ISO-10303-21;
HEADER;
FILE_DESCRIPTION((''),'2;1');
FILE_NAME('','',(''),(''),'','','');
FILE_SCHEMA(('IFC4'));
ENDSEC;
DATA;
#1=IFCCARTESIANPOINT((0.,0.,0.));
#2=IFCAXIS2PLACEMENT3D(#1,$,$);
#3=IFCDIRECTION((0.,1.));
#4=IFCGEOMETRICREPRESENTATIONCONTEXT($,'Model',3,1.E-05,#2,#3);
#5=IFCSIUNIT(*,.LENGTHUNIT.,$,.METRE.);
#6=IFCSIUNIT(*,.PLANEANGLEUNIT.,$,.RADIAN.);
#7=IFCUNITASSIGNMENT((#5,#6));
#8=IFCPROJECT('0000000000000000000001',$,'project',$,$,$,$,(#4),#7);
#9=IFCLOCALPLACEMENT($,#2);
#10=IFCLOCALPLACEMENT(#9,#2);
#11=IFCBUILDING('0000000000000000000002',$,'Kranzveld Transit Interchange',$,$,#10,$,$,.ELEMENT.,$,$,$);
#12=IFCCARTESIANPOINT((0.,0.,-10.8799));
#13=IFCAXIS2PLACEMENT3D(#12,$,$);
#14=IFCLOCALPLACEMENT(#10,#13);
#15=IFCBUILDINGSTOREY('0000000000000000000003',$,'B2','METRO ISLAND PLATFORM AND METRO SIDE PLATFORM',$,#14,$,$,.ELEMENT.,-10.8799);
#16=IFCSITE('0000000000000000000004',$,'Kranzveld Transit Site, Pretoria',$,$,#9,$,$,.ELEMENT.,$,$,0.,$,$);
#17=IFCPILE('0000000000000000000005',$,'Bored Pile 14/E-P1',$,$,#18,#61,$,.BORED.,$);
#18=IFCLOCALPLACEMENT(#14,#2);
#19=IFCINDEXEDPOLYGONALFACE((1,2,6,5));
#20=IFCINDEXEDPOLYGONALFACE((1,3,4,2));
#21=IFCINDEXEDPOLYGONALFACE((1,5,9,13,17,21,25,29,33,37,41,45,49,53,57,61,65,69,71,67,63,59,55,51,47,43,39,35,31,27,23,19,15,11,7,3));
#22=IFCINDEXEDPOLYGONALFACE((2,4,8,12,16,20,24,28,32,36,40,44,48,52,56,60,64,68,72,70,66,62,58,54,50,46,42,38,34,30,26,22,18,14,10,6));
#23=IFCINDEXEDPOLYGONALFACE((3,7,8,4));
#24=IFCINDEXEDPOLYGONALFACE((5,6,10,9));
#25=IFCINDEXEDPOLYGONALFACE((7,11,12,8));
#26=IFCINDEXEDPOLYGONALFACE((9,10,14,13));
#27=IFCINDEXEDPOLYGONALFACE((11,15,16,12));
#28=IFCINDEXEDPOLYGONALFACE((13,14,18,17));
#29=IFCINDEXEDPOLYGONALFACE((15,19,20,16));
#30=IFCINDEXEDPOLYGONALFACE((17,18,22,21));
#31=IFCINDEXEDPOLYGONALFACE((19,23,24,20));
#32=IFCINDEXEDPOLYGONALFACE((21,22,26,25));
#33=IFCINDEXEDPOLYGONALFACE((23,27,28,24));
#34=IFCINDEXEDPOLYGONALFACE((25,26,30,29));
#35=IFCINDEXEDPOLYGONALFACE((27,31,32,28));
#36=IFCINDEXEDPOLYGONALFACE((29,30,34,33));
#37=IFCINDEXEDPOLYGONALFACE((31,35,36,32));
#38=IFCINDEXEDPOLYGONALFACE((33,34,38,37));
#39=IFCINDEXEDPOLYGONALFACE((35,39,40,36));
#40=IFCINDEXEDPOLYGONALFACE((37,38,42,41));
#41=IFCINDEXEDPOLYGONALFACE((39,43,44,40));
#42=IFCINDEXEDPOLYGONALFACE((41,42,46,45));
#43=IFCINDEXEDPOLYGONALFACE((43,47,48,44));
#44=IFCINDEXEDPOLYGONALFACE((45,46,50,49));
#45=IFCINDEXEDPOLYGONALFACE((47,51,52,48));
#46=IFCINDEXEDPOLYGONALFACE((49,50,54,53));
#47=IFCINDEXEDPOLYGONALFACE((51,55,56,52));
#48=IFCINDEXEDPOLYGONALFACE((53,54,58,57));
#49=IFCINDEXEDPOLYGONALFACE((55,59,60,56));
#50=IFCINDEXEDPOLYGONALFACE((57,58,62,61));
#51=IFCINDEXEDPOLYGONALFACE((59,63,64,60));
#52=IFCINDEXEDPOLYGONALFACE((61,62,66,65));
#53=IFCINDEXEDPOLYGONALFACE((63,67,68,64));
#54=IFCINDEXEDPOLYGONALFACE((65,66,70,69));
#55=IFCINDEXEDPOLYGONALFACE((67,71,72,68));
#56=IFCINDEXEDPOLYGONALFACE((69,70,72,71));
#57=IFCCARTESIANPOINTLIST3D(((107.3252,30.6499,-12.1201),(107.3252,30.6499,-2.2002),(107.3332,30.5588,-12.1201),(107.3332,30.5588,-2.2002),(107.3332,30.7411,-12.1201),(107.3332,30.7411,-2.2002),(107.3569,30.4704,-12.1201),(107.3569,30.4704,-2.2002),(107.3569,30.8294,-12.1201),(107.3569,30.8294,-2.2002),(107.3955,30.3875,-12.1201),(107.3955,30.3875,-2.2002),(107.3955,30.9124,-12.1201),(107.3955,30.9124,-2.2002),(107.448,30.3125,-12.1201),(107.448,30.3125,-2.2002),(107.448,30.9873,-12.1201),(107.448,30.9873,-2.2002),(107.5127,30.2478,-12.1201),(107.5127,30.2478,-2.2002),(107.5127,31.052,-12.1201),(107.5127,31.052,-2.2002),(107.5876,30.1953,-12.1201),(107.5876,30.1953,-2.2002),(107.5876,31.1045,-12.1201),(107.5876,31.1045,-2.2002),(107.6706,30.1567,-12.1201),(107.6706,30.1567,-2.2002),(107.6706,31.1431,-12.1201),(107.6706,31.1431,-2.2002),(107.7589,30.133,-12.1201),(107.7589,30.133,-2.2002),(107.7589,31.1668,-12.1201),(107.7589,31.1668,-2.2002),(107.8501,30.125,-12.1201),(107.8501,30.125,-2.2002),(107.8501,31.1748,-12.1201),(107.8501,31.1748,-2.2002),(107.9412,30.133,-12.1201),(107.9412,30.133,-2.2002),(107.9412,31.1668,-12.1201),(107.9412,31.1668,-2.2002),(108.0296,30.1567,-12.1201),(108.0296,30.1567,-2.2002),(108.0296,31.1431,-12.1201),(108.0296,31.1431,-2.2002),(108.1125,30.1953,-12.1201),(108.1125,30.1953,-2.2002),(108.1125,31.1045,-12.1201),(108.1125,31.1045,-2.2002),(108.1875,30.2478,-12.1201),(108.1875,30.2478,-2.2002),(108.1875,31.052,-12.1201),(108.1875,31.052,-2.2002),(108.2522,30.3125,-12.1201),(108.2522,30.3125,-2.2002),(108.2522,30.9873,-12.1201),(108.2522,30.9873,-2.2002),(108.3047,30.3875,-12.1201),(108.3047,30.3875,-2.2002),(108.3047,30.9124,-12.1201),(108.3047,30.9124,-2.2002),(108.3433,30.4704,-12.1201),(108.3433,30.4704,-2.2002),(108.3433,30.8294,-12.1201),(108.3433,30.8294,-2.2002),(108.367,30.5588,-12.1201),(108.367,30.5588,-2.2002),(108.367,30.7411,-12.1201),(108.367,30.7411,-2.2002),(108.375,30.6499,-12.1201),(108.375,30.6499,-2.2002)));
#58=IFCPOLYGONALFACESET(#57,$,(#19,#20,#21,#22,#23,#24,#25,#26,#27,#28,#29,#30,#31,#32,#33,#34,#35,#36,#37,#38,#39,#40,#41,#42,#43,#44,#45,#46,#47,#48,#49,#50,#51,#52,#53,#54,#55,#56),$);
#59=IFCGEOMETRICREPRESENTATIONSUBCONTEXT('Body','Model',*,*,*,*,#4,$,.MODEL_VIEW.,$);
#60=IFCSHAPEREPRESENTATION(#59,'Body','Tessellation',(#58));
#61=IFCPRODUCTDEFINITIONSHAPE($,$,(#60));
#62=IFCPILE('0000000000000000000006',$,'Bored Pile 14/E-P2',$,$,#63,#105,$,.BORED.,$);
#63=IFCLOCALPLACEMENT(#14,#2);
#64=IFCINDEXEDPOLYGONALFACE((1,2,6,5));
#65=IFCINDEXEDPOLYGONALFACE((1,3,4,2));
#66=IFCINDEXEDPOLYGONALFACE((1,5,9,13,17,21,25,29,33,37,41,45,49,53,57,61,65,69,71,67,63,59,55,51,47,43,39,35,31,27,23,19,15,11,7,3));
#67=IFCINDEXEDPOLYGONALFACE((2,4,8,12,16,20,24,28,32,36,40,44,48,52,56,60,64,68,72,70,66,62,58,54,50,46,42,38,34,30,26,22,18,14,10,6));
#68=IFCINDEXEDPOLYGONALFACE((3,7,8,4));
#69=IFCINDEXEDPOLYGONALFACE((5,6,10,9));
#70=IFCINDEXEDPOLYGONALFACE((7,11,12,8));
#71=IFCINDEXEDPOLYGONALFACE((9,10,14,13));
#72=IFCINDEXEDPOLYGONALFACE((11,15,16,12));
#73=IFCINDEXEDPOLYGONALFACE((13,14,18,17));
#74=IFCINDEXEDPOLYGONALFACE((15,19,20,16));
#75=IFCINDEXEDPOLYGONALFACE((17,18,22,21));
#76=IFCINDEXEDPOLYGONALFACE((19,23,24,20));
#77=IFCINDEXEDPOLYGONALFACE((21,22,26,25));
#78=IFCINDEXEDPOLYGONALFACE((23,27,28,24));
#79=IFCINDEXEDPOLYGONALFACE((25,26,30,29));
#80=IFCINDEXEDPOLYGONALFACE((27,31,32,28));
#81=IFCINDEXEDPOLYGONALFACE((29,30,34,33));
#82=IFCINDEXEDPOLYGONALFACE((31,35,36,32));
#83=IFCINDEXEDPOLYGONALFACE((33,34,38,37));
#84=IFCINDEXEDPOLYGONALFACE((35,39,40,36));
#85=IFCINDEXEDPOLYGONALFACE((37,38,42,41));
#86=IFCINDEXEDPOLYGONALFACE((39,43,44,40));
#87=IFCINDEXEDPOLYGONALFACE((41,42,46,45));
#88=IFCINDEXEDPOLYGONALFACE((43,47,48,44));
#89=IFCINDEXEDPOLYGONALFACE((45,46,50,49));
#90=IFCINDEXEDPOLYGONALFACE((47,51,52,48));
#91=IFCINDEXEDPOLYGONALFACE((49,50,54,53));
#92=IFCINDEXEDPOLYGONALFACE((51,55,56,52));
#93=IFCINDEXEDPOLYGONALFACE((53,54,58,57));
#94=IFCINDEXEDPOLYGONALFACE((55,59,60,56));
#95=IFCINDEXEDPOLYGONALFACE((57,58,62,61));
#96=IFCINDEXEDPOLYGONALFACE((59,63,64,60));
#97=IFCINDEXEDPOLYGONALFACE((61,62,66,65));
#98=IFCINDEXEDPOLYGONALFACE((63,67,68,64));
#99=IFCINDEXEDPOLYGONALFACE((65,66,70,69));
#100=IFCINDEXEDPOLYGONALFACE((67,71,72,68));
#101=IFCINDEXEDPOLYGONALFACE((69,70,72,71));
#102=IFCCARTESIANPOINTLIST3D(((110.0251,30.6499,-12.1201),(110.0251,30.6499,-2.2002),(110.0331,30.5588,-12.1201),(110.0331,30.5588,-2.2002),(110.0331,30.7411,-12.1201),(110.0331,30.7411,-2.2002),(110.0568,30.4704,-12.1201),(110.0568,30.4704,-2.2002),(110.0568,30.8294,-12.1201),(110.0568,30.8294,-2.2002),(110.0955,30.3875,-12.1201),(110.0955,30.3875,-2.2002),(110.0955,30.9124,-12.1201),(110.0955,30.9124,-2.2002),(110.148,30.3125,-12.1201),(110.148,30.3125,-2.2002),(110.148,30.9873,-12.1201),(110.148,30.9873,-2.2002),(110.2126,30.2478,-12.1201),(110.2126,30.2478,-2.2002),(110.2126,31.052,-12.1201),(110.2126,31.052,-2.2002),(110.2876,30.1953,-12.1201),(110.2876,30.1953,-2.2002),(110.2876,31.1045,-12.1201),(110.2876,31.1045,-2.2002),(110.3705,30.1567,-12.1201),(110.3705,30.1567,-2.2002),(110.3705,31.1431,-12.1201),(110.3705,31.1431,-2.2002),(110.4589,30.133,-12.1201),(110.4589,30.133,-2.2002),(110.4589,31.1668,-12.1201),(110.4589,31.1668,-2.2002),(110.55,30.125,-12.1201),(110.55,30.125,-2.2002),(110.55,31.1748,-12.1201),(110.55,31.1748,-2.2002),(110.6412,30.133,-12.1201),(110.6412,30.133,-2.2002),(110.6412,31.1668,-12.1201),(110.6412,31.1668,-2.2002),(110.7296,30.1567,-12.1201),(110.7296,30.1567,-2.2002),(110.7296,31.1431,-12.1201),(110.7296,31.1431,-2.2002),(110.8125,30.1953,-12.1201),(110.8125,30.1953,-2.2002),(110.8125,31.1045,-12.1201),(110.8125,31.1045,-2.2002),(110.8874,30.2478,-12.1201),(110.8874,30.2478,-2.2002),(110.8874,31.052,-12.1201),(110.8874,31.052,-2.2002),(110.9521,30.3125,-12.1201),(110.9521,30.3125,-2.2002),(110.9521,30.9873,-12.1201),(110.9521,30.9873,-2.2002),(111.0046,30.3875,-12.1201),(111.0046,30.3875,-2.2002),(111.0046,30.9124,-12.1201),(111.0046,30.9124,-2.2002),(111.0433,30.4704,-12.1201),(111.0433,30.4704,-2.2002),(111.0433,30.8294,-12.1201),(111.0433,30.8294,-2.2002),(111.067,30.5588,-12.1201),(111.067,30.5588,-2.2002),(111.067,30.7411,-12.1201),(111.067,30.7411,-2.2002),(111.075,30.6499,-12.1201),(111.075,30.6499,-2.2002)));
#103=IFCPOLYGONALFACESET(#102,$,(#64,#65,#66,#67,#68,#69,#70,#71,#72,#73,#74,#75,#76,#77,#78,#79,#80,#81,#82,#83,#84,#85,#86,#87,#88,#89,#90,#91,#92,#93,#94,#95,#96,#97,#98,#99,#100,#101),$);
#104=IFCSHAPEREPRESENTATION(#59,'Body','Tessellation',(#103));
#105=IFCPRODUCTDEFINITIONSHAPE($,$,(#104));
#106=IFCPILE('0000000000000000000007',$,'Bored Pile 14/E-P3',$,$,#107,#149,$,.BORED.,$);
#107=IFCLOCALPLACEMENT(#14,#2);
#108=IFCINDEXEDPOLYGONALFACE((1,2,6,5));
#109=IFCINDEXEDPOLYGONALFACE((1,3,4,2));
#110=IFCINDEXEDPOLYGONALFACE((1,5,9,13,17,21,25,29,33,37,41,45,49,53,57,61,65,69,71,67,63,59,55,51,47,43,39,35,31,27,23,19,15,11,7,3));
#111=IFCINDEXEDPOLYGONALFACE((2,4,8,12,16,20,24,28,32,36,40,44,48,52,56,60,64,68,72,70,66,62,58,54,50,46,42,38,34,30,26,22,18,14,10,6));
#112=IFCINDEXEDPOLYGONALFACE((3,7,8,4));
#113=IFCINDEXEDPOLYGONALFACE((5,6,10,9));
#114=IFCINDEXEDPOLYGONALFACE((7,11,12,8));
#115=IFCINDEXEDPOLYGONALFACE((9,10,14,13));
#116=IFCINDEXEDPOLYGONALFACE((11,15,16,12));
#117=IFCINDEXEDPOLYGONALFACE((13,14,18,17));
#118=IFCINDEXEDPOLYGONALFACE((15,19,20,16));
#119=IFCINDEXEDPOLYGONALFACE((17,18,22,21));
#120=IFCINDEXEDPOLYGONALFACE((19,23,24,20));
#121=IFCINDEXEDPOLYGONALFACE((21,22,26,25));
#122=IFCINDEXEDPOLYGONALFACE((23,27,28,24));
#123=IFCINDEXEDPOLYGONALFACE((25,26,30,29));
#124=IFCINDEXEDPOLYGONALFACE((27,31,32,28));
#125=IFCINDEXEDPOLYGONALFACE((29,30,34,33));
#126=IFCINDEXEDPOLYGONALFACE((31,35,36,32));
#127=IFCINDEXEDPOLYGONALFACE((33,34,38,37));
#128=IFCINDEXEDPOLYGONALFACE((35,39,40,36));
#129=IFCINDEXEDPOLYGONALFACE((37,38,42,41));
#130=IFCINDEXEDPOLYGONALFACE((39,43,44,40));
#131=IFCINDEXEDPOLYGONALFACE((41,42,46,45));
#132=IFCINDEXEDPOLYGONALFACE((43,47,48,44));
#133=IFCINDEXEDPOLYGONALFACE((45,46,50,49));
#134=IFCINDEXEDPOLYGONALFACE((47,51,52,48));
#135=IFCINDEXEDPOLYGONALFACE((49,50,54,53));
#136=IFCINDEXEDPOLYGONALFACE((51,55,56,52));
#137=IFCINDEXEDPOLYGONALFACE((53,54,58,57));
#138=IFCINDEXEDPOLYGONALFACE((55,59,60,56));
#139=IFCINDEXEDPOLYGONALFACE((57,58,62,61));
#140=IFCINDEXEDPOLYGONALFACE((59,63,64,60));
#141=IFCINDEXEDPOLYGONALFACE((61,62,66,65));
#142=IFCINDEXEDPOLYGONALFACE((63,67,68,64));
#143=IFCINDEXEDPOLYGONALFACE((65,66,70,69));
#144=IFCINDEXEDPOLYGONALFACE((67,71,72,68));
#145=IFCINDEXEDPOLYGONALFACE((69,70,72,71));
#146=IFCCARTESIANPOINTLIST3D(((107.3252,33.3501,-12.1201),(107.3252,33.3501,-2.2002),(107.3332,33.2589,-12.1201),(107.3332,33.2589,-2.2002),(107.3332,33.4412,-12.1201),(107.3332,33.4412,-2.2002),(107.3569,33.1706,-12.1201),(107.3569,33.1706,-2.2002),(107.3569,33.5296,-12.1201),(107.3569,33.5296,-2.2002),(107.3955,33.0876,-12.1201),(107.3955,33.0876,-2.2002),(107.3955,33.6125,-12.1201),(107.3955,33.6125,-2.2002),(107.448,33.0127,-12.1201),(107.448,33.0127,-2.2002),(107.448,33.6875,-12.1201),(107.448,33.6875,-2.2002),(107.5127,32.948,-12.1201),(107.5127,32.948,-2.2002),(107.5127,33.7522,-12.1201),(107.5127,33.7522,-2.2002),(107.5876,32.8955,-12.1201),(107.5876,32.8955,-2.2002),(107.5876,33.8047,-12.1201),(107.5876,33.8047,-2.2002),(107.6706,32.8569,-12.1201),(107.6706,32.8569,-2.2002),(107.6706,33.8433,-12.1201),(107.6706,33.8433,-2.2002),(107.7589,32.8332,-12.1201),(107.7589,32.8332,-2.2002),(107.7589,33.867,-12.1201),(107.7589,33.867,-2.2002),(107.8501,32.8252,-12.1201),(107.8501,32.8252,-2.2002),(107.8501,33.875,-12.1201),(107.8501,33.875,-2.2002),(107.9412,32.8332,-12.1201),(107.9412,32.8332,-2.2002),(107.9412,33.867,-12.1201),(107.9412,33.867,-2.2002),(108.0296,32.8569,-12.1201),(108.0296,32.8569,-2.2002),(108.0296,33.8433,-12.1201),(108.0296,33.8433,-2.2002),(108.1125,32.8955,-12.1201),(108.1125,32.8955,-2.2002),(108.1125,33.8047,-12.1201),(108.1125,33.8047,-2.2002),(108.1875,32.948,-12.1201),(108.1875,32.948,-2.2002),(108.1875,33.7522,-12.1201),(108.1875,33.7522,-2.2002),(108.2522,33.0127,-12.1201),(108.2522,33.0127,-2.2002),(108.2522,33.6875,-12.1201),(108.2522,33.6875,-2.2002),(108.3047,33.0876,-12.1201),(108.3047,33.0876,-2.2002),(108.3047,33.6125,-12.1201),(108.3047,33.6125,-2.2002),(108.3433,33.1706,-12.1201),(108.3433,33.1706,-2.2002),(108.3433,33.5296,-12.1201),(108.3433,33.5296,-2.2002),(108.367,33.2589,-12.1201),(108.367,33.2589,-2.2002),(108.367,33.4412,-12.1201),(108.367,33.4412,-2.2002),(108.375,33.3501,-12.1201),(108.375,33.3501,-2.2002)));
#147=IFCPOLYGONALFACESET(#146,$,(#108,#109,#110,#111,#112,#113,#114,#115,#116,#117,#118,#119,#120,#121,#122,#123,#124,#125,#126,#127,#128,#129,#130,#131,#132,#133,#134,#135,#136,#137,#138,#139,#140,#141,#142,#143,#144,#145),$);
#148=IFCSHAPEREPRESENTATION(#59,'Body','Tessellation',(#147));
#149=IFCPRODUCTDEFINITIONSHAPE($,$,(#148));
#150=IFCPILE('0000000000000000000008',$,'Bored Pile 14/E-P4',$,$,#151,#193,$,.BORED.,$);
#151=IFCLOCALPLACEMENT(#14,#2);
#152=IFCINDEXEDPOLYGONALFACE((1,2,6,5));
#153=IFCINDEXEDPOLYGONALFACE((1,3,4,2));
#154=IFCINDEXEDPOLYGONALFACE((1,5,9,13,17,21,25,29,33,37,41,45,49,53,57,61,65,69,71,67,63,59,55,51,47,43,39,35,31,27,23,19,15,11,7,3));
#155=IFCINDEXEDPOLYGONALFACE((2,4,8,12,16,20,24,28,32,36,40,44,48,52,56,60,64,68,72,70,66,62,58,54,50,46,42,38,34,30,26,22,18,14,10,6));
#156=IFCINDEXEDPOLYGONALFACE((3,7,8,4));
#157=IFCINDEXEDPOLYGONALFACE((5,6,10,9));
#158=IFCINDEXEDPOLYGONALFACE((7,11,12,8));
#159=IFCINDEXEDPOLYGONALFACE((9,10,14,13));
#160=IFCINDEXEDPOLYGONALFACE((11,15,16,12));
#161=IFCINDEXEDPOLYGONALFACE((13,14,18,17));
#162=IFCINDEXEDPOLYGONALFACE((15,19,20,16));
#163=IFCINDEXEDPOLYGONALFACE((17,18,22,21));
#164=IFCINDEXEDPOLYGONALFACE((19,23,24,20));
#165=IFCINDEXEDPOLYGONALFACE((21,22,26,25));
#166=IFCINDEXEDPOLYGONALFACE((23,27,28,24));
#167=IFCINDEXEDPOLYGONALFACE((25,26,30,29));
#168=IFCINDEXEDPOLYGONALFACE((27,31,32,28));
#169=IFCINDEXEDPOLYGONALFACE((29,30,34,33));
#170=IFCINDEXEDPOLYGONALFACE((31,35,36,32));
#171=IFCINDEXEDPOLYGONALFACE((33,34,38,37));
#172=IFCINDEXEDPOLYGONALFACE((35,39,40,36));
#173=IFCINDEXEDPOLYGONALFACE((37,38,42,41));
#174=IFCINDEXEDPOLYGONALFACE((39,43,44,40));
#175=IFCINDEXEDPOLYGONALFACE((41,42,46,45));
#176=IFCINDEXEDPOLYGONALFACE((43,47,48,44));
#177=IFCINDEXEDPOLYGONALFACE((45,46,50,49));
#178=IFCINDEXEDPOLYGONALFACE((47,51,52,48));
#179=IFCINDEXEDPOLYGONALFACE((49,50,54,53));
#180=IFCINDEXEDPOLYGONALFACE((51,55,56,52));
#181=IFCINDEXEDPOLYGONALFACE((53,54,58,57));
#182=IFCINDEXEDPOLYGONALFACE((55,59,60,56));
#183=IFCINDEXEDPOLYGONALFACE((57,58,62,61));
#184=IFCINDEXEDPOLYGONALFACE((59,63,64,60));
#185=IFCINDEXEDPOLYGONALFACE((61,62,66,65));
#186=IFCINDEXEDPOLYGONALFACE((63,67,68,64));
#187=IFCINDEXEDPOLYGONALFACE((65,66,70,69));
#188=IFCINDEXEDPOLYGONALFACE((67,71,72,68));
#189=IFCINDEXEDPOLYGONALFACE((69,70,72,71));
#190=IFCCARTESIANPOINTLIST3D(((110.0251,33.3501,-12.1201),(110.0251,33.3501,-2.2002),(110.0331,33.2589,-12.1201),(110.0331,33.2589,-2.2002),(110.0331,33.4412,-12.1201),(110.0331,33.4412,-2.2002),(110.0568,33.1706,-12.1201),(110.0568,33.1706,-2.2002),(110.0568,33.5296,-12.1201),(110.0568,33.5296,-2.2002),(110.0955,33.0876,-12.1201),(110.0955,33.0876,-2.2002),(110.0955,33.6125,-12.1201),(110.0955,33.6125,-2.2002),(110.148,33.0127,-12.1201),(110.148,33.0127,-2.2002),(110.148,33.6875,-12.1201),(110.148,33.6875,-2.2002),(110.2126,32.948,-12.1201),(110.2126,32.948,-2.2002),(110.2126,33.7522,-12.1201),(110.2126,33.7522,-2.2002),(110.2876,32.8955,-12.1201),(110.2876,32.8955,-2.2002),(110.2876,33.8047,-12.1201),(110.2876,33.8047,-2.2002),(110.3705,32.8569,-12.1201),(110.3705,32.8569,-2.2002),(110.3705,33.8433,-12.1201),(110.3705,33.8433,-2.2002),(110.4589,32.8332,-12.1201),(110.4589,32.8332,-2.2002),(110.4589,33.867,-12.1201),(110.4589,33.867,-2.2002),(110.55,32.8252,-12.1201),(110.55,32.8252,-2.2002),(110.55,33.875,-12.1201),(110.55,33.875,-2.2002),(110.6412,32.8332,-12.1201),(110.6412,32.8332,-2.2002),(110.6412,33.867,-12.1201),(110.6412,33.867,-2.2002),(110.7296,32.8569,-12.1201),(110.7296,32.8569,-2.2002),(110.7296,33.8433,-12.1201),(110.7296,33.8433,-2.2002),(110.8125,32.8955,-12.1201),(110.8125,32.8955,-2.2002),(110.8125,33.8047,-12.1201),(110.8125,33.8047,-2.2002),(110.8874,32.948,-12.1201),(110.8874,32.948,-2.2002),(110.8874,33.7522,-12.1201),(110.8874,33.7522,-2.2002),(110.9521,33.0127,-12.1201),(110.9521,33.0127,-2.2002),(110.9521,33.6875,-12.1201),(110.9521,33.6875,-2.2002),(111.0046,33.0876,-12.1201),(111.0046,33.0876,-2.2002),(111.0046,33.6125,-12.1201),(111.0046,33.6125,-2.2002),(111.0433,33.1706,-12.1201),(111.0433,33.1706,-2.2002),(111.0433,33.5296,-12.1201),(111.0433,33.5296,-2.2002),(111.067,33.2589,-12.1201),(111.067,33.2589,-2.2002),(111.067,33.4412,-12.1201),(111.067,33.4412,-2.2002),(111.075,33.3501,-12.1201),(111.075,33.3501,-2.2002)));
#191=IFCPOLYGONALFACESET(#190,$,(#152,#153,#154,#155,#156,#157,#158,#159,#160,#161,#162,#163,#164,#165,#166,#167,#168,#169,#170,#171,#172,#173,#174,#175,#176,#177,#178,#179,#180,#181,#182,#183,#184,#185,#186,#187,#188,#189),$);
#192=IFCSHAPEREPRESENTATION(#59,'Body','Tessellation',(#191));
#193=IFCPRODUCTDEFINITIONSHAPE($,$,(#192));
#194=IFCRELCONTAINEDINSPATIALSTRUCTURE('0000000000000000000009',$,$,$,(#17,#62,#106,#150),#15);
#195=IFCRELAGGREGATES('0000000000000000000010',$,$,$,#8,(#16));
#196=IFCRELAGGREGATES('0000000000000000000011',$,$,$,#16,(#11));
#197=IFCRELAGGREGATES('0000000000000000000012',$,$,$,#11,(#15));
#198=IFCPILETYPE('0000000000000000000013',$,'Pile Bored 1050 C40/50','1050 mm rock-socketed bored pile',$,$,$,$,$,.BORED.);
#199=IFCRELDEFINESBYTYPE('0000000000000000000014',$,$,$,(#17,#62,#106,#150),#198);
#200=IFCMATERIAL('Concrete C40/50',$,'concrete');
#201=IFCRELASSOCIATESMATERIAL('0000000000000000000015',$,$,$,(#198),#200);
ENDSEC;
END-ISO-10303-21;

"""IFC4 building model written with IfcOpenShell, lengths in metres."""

from ifc_helpers import new_model, si_unit, direction, frame, origin, origin_2d, place, context, subcontext, project, spatial, circle, extrude, material, material_profile, profile_set, type_object, element, save


model = new_model("IFC4")

# Units and contexts
model_context = context("Model", 3, precision=1e-05, world=origin(), true_north=direction((0.0, 1.0)))
body_context = subcontext(model_context, "Body", "Model", "MODEL_VIEW")
ifc_project = project(units=[si_unit("LENGTHUNIT", "METRE"), si_unit("PLANEANGLEUNIT", "RADIAN")], contexts=[model_context])

# Site, building, storey
site_placement = place(None, origin())
site = spatial("IfcSite", under=ifc_project, at=site_placement, Name="Kranzveld Transit Site, Pretoria", CompositionType="ELEMENT", RefElevation=0.0)
building_placement = place(site_placement, origin())
building = spatial("IfcBuilding", under=site, at=building_placement, Name="Kranzveld Transit Interchange", CompositionType="ELEMENT")
storey_placement = place(building_placement, frame((0.0, 0.0, -10.8799)))
storey = spatial("IfcBuildingStorey", under=building, at=storey_placement, Name="B2", Description="METRO ISLAND PLATFORM AND METRO SIDE PLATFORM", CompositionType="ELEMENT", Elevation=-10.8799)

# Piles
ifc_material_1 = material(Name="Concrete C40/50", Category="concrete")
ifc_material_profile_1 = material_profile(ifc_material_1, circle(Radius=0.5249, at=origin_2d()), Name="BORED PILE 1050")
ifc_profile_set_1 = profile_set([ifc_material_profile_1], Name="Concrete C40/50")
pile_type = type_object("IfcPileType", Name="Pile Bored 1050 C40/50", Description="1050 mm rock-socketed bored pile", PredefinedType="BORED", material=ifc_profile_set_1)
for number, where, z_axis, x_axis, name in (
    (1, (107.8501, 30.6499, -2.2002), (0.0, 0.0, -1.0), (1.0, 0.0, 0.0), "Bored Pile 14/E-P1"),
    (2, (110.55, 30.6499, -2.2002), (0.0, 0.0, -1.0), (1.0, 0.0, 0.0), "Bored Pile 14/E-P2"),
    (3, (107.8501, 33.3501, -2.2002), (0.0, 0.0, -1.0), (1.0, 0.0, 0.0), "Bored Pile 14/E-P3"),
    (4, (110.55, 33.3501, -2.2002), (0.0, 0.0, -1.0), (1.0, 0.0, 0.0), "Bored Pile 14/E-P4"),
):
    element("IfcPile", number, at=place(storey_placement, frame(where, z_axis=z_axis, x_axis=x_axis)), inside=storey, type_object=pile_type, Name=name, PredefinedType="BORED", context=body_context, shape_type="SweptSolid", body=[
        extrude(circle(Radius=0.5249, at=origin_2d()), origin(), (0.0, 0.0, 1.0), 9.9199),
    ])

save(model, "model.ifc")
